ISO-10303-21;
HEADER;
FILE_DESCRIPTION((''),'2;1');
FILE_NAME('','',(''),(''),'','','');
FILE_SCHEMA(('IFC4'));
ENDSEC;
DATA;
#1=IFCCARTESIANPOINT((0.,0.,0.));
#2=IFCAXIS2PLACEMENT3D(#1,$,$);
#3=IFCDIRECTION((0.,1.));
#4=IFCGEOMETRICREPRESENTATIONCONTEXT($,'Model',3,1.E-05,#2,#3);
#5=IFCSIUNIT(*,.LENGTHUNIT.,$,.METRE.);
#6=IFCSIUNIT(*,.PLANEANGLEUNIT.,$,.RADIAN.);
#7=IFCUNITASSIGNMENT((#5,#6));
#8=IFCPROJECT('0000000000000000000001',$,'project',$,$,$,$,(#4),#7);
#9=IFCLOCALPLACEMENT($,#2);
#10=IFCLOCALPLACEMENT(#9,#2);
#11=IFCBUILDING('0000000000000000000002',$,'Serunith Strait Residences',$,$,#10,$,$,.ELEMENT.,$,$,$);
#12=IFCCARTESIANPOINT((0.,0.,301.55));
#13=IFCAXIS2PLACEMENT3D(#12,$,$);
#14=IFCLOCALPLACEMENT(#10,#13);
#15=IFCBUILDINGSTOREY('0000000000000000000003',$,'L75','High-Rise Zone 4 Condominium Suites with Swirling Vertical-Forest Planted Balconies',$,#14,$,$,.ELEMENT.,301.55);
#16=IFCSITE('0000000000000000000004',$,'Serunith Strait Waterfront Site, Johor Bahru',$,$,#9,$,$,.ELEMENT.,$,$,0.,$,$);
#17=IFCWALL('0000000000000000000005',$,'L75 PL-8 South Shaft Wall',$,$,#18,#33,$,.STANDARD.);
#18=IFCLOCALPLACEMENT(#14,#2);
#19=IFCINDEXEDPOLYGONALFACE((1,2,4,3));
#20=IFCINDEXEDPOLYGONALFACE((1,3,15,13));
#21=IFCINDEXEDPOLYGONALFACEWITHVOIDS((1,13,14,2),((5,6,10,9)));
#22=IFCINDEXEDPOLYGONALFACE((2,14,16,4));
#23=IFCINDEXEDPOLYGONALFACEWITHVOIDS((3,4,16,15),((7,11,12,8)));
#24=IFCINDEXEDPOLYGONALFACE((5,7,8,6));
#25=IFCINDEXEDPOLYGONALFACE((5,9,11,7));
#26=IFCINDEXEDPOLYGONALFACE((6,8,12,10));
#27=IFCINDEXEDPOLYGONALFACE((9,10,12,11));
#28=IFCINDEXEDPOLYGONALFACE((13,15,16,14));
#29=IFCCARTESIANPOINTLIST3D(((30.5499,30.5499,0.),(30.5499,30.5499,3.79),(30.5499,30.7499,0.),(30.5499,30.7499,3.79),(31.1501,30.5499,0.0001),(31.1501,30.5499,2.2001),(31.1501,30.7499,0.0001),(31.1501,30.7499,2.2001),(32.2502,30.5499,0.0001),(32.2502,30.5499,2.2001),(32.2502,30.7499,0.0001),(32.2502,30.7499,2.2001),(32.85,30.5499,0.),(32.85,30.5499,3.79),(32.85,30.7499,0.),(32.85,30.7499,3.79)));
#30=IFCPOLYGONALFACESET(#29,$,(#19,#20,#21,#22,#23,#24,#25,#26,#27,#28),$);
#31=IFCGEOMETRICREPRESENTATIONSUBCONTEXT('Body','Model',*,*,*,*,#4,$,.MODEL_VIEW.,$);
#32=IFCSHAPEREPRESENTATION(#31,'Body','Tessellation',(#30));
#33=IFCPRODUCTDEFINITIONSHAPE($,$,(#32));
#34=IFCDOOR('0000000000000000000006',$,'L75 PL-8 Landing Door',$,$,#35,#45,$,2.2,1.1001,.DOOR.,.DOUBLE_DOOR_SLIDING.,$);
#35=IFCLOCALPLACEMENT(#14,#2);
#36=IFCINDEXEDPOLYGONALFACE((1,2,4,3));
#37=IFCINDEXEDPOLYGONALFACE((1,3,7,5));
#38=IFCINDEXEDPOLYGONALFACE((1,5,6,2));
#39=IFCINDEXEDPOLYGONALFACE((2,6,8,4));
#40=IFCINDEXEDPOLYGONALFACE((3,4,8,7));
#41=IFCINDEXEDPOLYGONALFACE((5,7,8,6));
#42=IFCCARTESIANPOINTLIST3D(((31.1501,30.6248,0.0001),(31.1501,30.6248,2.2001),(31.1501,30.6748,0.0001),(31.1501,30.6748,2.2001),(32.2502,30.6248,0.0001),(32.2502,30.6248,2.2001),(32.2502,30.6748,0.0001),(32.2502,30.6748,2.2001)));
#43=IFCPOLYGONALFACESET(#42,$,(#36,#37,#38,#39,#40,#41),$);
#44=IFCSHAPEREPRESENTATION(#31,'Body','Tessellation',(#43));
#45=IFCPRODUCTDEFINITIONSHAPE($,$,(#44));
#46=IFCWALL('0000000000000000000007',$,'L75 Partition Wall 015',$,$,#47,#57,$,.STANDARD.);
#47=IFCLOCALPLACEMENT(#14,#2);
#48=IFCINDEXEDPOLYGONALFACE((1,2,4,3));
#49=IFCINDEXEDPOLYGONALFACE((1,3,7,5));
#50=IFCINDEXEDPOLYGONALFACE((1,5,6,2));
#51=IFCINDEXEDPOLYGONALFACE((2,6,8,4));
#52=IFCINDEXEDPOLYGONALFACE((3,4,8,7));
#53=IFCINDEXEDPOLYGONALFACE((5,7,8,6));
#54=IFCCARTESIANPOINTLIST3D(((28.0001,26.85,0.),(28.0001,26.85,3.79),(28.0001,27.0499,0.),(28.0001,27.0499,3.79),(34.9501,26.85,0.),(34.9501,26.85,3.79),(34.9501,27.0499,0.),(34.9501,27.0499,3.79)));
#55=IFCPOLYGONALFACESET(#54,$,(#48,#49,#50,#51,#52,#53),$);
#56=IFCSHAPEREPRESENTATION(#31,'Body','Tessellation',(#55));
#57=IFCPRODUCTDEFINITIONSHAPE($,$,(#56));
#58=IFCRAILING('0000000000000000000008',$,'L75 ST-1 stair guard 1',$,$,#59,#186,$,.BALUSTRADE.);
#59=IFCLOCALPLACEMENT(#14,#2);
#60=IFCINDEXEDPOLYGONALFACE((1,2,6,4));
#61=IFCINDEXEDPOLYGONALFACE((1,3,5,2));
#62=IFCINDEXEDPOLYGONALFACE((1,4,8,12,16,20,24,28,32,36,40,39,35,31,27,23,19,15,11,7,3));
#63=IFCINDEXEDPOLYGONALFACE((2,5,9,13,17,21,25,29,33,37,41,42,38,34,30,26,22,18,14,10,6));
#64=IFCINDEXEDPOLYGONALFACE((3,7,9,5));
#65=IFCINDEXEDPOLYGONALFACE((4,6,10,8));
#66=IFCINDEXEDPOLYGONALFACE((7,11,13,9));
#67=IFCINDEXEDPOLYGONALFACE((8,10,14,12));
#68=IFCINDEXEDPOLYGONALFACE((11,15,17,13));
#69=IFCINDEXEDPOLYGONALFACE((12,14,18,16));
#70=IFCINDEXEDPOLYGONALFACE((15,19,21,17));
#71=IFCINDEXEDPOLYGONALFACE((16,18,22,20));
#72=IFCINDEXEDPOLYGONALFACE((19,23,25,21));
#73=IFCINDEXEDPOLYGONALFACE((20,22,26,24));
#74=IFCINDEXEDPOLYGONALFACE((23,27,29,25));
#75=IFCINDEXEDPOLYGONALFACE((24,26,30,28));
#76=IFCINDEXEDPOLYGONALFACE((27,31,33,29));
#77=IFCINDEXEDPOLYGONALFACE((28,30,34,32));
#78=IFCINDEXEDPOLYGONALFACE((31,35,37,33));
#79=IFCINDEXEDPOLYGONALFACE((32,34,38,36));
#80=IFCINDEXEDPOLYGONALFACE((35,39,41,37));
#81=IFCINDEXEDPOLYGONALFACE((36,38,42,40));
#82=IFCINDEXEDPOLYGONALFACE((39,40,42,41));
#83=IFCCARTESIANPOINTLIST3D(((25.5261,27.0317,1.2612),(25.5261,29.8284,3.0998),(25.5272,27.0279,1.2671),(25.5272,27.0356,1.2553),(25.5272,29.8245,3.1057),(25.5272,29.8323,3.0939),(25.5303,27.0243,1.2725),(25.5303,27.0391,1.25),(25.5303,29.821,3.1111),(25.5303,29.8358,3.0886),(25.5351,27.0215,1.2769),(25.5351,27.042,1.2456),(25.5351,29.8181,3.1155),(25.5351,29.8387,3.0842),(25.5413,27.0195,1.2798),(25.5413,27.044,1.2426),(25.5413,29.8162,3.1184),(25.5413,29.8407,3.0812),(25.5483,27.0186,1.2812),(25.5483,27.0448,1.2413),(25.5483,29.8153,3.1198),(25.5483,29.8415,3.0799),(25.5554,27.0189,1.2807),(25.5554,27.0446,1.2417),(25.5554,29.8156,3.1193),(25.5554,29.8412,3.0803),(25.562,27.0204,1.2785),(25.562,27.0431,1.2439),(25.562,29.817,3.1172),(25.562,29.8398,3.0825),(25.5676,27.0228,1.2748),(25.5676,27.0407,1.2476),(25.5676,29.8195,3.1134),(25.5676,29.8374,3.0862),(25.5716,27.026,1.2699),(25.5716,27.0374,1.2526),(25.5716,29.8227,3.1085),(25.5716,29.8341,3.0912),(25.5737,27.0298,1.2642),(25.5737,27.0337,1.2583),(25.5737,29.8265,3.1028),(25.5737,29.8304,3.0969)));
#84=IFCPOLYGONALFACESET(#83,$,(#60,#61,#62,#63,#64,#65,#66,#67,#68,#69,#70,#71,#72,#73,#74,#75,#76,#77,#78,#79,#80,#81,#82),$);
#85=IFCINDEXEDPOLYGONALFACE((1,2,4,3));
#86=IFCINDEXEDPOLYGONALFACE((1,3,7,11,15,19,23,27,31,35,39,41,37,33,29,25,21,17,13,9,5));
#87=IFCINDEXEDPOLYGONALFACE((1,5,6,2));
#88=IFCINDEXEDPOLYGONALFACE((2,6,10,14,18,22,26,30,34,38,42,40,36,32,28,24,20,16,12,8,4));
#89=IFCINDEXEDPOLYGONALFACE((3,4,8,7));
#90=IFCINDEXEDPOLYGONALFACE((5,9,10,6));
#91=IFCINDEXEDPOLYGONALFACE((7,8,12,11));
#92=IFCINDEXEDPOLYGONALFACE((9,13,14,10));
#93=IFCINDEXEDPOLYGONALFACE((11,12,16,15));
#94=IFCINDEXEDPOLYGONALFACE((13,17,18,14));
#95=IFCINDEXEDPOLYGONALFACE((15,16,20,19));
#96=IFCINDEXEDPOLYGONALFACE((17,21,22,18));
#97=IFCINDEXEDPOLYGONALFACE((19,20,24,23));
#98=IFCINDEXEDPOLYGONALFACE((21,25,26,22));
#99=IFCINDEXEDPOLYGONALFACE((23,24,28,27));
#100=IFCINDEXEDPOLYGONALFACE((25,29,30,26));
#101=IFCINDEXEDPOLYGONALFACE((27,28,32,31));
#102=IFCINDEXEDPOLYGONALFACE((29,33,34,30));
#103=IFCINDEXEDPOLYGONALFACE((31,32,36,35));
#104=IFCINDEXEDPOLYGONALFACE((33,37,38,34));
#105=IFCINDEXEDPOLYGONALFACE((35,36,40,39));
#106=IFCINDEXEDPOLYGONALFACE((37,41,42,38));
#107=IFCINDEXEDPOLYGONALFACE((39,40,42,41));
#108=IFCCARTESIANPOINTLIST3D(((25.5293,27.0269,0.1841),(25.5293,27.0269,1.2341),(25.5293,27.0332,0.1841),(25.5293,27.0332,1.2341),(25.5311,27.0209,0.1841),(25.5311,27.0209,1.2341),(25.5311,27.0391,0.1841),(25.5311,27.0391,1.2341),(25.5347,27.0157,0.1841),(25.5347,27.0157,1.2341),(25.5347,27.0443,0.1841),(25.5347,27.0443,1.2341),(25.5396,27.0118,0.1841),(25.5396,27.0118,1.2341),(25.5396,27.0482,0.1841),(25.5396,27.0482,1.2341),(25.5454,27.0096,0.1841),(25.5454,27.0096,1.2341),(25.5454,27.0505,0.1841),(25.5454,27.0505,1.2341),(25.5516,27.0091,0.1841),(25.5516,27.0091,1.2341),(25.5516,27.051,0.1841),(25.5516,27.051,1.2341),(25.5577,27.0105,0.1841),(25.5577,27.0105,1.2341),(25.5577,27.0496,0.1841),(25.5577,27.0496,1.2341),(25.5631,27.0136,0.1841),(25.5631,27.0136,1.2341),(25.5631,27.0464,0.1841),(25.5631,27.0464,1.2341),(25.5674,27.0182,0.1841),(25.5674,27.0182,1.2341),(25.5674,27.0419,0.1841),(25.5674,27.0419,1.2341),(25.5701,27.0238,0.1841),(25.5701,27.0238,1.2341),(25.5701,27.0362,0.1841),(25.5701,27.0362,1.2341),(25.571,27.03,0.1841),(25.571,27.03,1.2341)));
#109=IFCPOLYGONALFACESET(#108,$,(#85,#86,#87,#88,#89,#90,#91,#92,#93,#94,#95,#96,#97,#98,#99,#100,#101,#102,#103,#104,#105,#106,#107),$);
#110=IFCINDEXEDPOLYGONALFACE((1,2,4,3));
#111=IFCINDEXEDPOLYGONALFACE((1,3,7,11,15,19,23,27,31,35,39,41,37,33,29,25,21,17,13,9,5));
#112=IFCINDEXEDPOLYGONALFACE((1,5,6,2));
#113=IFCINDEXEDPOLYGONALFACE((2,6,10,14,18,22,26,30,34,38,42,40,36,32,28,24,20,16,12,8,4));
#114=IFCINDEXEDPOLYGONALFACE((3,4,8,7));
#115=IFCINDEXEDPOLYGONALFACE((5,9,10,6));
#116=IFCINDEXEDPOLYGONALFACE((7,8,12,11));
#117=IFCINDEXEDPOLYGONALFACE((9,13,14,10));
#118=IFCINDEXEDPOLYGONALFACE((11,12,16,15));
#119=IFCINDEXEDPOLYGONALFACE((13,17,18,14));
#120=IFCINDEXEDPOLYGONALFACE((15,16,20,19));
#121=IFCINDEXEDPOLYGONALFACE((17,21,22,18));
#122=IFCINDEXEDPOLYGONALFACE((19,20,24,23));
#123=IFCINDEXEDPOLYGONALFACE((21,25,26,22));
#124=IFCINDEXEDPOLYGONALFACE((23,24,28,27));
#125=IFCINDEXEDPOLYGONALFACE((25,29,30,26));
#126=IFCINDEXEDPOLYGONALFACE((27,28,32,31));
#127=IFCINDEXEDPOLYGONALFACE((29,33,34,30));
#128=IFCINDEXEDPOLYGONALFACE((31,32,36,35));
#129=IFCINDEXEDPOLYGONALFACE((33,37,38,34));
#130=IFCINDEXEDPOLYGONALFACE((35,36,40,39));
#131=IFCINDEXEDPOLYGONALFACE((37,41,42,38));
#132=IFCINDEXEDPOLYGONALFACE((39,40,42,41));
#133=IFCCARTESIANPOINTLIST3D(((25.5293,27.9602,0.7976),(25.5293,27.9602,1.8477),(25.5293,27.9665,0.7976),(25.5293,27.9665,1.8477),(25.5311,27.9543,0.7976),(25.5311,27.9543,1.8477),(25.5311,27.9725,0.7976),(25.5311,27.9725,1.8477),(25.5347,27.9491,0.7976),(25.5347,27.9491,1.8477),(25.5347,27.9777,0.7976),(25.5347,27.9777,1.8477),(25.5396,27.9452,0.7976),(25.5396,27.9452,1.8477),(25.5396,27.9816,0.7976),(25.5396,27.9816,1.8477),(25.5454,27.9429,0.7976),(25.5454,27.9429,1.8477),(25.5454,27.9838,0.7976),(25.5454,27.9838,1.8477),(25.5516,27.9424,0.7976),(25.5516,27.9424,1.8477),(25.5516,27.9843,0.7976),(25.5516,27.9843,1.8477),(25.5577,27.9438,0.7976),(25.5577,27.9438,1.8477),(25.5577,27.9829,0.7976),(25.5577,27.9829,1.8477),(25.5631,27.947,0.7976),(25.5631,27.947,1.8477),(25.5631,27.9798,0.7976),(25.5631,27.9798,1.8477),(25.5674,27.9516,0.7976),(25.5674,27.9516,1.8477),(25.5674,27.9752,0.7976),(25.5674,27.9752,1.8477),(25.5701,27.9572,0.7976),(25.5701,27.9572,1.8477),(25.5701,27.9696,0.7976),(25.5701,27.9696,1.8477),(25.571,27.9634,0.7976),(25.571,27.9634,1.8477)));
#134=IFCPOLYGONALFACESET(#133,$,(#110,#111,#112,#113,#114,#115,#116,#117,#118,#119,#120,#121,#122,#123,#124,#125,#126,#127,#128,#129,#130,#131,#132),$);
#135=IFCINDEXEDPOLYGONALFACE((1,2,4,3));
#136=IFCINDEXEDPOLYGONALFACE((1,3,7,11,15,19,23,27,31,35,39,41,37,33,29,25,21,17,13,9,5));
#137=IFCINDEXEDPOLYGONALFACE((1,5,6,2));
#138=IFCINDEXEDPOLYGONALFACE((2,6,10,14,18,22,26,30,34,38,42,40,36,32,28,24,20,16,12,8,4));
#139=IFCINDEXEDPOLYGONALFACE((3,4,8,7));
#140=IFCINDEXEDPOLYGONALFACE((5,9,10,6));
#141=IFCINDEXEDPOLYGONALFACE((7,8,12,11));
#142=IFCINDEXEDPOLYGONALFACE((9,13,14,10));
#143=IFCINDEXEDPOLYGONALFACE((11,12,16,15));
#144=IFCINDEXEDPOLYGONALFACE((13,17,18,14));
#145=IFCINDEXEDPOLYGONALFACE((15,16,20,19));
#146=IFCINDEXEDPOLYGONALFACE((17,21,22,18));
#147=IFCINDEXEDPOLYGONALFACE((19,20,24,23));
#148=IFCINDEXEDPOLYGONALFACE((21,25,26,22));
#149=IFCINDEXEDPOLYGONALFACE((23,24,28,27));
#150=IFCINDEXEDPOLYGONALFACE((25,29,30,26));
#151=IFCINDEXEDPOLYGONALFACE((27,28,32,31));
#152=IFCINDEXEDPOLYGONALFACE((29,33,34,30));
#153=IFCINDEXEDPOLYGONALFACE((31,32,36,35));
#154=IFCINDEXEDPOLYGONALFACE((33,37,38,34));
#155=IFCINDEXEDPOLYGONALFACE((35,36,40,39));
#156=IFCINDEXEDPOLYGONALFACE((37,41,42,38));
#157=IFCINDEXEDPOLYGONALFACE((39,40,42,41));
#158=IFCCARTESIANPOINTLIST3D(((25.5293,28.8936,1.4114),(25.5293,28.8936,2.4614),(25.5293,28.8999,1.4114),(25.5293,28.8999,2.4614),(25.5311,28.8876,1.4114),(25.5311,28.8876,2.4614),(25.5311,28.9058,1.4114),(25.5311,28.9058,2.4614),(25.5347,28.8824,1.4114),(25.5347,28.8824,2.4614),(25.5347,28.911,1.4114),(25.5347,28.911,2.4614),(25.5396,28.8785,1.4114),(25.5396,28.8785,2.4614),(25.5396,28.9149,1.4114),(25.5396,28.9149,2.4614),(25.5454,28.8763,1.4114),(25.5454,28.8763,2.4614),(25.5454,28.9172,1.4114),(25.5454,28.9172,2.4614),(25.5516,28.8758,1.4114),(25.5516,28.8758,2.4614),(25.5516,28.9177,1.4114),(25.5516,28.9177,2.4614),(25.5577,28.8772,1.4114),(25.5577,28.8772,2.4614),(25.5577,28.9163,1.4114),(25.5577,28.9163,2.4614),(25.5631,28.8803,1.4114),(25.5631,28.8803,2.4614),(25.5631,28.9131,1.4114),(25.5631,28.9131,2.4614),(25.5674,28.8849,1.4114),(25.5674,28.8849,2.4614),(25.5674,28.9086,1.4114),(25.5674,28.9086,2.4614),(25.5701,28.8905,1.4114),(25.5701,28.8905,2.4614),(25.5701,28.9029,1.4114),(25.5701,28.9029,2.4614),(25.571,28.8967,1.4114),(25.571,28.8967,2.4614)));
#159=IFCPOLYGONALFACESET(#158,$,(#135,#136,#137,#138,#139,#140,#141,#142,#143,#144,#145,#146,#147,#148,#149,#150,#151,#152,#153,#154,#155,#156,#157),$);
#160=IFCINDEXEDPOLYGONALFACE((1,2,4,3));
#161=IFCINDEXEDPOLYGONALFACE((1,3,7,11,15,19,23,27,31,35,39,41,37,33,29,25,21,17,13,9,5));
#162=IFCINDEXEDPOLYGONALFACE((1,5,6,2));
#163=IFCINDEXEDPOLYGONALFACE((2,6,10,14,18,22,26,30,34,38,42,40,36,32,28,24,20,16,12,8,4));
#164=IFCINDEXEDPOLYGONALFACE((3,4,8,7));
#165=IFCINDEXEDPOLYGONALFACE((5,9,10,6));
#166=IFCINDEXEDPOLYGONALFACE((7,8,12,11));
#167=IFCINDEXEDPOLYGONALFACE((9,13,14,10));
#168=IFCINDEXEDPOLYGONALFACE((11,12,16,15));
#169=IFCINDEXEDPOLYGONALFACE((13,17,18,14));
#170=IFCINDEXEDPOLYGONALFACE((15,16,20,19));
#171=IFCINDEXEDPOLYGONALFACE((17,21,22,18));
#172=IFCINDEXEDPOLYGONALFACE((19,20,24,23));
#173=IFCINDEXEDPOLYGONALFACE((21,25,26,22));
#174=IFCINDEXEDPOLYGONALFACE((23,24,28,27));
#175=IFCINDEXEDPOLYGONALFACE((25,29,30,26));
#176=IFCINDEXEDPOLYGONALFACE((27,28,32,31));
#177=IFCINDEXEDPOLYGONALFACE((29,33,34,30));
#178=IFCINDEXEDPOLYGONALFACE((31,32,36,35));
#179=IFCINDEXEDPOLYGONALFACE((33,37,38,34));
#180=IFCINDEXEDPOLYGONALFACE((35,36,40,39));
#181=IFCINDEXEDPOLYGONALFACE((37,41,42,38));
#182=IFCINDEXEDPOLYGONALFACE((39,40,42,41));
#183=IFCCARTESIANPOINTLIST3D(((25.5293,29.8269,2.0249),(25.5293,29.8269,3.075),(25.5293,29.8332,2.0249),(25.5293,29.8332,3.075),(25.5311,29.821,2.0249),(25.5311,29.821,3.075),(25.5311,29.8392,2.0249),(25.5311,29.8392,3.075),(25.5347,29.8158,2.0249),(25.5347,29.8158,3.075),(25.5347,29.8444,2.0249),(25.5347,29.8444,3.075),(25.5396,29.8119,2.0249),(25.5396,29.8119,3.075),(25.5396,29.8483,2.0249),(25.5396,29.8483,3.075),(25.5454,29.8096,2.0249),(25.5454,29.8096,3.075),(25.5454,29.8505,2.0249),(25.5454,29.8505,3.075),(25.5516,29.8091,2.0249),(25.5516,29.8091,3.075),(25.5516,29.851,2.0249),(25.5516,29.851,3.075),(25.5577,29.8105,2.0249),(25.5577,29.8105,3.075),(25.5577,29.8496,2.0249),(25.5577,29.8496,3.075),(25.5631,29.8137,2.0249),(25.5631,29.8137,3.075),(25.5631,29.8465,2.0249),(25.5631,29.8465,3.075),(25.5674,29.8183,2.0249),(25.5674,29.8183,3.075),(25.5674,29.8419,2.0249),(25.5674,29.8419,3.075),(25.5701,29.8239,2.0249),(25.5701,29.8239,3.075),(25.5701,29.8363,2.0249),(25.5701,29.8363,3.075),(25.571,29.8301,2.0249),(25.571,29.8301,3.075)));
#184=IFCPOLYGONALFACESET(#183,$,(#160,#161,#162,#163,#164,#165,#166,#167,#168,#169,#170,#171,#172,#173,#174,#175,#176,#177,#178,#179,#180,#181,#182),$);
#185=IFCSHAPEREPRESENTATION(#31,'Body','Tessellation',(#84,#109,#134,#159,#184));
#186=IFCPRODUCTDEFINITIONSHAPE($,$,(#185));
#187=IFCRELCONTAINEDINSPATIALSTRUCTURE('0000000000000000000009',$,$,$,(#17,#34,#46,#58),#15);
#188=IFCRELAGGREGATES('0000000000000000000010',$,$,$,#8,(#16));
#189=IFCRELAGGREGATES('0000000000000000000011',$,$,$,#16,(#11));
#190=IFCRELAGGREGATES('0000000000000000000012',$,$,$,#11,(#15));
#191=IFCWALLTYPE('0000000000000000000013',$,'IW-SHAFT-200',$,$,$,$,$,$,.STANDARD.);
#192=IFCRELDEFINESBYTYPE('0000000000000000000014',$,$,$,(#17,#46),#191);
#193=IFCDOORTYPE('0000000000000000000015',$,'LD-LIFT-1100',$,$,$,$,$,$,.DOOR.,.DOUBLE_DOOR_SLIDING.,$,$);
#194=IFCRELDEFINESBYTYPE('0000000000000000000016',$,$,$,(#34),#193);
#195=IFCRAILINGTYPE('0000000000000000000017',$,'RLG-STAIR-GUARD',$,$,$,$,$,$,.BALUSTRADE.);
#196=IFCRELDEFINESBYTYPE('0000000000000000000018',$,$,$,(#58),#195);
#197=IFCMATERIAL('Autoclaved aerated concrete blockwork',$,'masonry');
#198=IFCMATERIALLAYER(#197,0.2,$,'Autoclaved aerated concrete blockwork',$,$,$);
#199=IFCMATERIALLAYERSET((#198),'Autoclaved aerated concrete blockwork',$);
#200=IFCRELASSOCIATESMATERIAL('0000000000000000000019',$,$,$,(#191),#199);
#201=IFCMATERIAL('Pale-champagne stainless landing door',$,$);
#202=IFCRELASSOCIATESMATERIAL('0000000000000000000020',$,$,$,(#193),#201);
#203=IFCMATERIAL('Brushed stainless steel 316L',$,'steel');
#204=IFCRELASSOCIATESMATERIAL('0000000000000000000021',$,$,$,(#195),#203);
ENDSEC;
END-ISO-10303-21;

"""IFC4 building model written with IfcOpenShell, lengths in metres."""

from ifc_helpers import new_model, si_unit, direction, frame, frame_2d, origin, origin_2d, place, context, subcontext, project, spatial, rectangle, circle, extrude, source, transform, mapped, material, layer, layer_set, type_object, element, fill, save


model = new_model("IFC4")

# Units and contexts
model_context = context("Model", 3, precision=1e-05, world=origin(), true_north=direction((0.0, 1.0)))
body_context = subcontext(model_context, "Body", "Model", "MODEL_VIEW")
ifc_project = project(units=[si_unit("LENGTHUNIT", "METRE"), si_unit("PLANEANGLEUNIT", "RADIAN")], contexts=[model_context])

# Site, building, storey
site_placement = place(None, origin())
site = spatial("IfcSite", under=ifc_project, at=site_placement, Name="Serunith Strait Waterfront Site, Johor Bahru", CompositionType="ELEMENT", RefElevation=0.0)
building_placement = place(site_placement, origin())
building = spatial("IfcBuilding", under=site, at=building_placement, Name="Serunith Strait Residences", CompositionType="ELEMENT")
storey_placement = place(building_placement, frame((0.0, 0.0, 301.55)))
storey = spatial("IfcBuildingStorey", under=building, at=storey_placement, Name="L75", Description="High-Rise Zone 4 Condominium Suites with Swirling Vertical-Forest Planted Balconies", CompositionType="ELEMENT", Elevation=301.55)

# Wall, opening, door
ifc_material_1 = material(Name="Autoclaved aerated concrete blockwork", Category="masonry")
ifc_layer_1 = layer(ifc_material_1, 0.2, Name="Autoclaved aerated concrete blockwork")
ifc_layer_set_1 = layer_set([ifc_layer_1], Name="Autoclaved aerated concrete blockwork")
wall_type_1 = type_object("IfcWallType", Name="IW-SHAFT-200", PredefinedType="STANDARD", material=ifc_layer_set_1)
ifc_material_2 = material(Name="Pale-champagne stainless landing door")
door_type_1 = type_object("IfcDoorType", Name="LD-LIFT-1100", OperationType="DOUBLE_DOOR_SLIDING", PredefinedType="DOOR", material=ifc_material_2)
shared_shape_1 = source(origin(), body_context, "Body", "SweptSolid", [
    extrude(rectangle(XDim=1.1001, YDim=2.2, at=frame_2d((0.55, 1.1001))), frame((0.0, 0.0249, 0.0), z_axis=(0.0, -1.0, 0.0), x_axis=(1.0, 0.0, 0.0)), (0.0, 0.0, 1.0), 0.05),
])
wall_1_placement = place(storey_placement, frame((30.55, 30.6499, 0.0), z_axis=(0.0, 0.0, 1.0), x_axis=(1.0, 0.0, 0.0)))
wall_1 = element("IfcWall", 1, at=wall_1_placement, inside=storey, type_object=wall_type_1, Name="L75 PL-8 South Shaft Wall", PredefinedType="STANDARD", context=body_context, shape_type="SweptSolid", body=[
    extrude(rectangle(XDim=2.3, YDim=0.2, at=frame_2d((1.1499, 0.0))), origin(), (0.0, 0.0, 1.0), 3.79),
])
opening_1_placement = place(wall_1_placement, frame((0.6001, 0.0, 0.0)))
opening_1 = element("IfcOpeningElement", 2, at=opening_1_placement, cuts=wall_1, PredefinedType="OPENING", context=body_context, shape_type="SweptSolid", body=[
    extrude(rectangle(XDim=1.1001, YDim=2.2, at=frame_2d((0.55, 1.1001))), frame((0.0, 0.1099, 0.0), z_axis=(0.0, -1.0, 0.0), x_axis=(1.0, 0.0, 0.0)), (0.0, 0.0, 1.0), 0.22),
])
door_1_placement = place(opening_1_placement, origin())
door_1 = element("IfcDoor", 3, at=door_1_placement, inside=storey, type_object=door_type_1, Name="L75 PL-8 Landing Door", OperationType="DOUBLE_DOOR_SLIDING", OverallHeight=2.2, OverallWidth=1.1001, PredefinedType="DOOR", context=body_context, shape_type="MappedRepresentation", body=[
    mapped(shared_shape_1, transform((0.0, 0.0, 0.0), scale=1.0)),
])
fill(opening_1, door_1)

# Wall
wall_2_placement = place(storey_placement, frame((28.0, 26.95, 0.0), z_axis=(0.0, 0.0, 1.0), x_axis=(1.0, 0.0, 0.0)))
element("IfcWall", 4, at=wall_2_placement, inside=storey, type_object=wall_type_1, Name="L75 Partition Wall 015", PredefinedType="STANDARD", context=body_context, shape_type="SweptSolid", body=[
    extrude(rectangle(XDim=6.95, YDim=0.2, at=frame_2d((3.4751, 0.0))), origin(), (0.0, 0.0, 1.0), 3.79),
])

# Railing
ifc_material_3 = material(Name="Brushed stainless steel 316L", Category="steel")
railing_type_1 = type_object("IfcRailingType", Name="RLG-STAIR-GUARD", PredefinedType="BALUSTRADE", material=ifc_material_3)
railing_1_placement = place(storey_placement, frame((25.55, 27.03, 0.1841)))
element("IfcRailing", 5, at=railing_1_placement, inside=storey, type_object=railing_type_1, Name="L75 ST-1 stair guard 1", PredefinedType="BALUSTRADE", context=body_context, shape_type="SweptSolid", body=[
    extrude(circle(Radius=0.0239, at=origin_2d()), frame((0.0, 0.0017, 1.0771), z_axis=(0.0, 0.835598, 0.549342), x_axis=(-1.0, 0.0, 0.0)), (0.0, 0.0, 1.0), 3.3469),
    extrude(circle(Radius=0.021, at=origin_2d()), origin(), (0.0, 0.0, 1.0), 1.05),
    extrude(circle(Radius=0.021, at=origin_2d()), frame((0.0, 0.9333, 0.6135)), (0.0, 0.0, 1.0), 1.05),
    extrude(circle(Radius=0.021, at=origin_2d()), frame((0.0, 1.8667, 1.2273)), (0.0, 0.0, 1.0), 1.05),
    extrude(circle(Radius=0.021, at=origin_2d()), frame((0.0, 2.8, 1.8408)), (0.0, 0.0, 1.0), 1.05),
])

save(model, "model.ifc")
